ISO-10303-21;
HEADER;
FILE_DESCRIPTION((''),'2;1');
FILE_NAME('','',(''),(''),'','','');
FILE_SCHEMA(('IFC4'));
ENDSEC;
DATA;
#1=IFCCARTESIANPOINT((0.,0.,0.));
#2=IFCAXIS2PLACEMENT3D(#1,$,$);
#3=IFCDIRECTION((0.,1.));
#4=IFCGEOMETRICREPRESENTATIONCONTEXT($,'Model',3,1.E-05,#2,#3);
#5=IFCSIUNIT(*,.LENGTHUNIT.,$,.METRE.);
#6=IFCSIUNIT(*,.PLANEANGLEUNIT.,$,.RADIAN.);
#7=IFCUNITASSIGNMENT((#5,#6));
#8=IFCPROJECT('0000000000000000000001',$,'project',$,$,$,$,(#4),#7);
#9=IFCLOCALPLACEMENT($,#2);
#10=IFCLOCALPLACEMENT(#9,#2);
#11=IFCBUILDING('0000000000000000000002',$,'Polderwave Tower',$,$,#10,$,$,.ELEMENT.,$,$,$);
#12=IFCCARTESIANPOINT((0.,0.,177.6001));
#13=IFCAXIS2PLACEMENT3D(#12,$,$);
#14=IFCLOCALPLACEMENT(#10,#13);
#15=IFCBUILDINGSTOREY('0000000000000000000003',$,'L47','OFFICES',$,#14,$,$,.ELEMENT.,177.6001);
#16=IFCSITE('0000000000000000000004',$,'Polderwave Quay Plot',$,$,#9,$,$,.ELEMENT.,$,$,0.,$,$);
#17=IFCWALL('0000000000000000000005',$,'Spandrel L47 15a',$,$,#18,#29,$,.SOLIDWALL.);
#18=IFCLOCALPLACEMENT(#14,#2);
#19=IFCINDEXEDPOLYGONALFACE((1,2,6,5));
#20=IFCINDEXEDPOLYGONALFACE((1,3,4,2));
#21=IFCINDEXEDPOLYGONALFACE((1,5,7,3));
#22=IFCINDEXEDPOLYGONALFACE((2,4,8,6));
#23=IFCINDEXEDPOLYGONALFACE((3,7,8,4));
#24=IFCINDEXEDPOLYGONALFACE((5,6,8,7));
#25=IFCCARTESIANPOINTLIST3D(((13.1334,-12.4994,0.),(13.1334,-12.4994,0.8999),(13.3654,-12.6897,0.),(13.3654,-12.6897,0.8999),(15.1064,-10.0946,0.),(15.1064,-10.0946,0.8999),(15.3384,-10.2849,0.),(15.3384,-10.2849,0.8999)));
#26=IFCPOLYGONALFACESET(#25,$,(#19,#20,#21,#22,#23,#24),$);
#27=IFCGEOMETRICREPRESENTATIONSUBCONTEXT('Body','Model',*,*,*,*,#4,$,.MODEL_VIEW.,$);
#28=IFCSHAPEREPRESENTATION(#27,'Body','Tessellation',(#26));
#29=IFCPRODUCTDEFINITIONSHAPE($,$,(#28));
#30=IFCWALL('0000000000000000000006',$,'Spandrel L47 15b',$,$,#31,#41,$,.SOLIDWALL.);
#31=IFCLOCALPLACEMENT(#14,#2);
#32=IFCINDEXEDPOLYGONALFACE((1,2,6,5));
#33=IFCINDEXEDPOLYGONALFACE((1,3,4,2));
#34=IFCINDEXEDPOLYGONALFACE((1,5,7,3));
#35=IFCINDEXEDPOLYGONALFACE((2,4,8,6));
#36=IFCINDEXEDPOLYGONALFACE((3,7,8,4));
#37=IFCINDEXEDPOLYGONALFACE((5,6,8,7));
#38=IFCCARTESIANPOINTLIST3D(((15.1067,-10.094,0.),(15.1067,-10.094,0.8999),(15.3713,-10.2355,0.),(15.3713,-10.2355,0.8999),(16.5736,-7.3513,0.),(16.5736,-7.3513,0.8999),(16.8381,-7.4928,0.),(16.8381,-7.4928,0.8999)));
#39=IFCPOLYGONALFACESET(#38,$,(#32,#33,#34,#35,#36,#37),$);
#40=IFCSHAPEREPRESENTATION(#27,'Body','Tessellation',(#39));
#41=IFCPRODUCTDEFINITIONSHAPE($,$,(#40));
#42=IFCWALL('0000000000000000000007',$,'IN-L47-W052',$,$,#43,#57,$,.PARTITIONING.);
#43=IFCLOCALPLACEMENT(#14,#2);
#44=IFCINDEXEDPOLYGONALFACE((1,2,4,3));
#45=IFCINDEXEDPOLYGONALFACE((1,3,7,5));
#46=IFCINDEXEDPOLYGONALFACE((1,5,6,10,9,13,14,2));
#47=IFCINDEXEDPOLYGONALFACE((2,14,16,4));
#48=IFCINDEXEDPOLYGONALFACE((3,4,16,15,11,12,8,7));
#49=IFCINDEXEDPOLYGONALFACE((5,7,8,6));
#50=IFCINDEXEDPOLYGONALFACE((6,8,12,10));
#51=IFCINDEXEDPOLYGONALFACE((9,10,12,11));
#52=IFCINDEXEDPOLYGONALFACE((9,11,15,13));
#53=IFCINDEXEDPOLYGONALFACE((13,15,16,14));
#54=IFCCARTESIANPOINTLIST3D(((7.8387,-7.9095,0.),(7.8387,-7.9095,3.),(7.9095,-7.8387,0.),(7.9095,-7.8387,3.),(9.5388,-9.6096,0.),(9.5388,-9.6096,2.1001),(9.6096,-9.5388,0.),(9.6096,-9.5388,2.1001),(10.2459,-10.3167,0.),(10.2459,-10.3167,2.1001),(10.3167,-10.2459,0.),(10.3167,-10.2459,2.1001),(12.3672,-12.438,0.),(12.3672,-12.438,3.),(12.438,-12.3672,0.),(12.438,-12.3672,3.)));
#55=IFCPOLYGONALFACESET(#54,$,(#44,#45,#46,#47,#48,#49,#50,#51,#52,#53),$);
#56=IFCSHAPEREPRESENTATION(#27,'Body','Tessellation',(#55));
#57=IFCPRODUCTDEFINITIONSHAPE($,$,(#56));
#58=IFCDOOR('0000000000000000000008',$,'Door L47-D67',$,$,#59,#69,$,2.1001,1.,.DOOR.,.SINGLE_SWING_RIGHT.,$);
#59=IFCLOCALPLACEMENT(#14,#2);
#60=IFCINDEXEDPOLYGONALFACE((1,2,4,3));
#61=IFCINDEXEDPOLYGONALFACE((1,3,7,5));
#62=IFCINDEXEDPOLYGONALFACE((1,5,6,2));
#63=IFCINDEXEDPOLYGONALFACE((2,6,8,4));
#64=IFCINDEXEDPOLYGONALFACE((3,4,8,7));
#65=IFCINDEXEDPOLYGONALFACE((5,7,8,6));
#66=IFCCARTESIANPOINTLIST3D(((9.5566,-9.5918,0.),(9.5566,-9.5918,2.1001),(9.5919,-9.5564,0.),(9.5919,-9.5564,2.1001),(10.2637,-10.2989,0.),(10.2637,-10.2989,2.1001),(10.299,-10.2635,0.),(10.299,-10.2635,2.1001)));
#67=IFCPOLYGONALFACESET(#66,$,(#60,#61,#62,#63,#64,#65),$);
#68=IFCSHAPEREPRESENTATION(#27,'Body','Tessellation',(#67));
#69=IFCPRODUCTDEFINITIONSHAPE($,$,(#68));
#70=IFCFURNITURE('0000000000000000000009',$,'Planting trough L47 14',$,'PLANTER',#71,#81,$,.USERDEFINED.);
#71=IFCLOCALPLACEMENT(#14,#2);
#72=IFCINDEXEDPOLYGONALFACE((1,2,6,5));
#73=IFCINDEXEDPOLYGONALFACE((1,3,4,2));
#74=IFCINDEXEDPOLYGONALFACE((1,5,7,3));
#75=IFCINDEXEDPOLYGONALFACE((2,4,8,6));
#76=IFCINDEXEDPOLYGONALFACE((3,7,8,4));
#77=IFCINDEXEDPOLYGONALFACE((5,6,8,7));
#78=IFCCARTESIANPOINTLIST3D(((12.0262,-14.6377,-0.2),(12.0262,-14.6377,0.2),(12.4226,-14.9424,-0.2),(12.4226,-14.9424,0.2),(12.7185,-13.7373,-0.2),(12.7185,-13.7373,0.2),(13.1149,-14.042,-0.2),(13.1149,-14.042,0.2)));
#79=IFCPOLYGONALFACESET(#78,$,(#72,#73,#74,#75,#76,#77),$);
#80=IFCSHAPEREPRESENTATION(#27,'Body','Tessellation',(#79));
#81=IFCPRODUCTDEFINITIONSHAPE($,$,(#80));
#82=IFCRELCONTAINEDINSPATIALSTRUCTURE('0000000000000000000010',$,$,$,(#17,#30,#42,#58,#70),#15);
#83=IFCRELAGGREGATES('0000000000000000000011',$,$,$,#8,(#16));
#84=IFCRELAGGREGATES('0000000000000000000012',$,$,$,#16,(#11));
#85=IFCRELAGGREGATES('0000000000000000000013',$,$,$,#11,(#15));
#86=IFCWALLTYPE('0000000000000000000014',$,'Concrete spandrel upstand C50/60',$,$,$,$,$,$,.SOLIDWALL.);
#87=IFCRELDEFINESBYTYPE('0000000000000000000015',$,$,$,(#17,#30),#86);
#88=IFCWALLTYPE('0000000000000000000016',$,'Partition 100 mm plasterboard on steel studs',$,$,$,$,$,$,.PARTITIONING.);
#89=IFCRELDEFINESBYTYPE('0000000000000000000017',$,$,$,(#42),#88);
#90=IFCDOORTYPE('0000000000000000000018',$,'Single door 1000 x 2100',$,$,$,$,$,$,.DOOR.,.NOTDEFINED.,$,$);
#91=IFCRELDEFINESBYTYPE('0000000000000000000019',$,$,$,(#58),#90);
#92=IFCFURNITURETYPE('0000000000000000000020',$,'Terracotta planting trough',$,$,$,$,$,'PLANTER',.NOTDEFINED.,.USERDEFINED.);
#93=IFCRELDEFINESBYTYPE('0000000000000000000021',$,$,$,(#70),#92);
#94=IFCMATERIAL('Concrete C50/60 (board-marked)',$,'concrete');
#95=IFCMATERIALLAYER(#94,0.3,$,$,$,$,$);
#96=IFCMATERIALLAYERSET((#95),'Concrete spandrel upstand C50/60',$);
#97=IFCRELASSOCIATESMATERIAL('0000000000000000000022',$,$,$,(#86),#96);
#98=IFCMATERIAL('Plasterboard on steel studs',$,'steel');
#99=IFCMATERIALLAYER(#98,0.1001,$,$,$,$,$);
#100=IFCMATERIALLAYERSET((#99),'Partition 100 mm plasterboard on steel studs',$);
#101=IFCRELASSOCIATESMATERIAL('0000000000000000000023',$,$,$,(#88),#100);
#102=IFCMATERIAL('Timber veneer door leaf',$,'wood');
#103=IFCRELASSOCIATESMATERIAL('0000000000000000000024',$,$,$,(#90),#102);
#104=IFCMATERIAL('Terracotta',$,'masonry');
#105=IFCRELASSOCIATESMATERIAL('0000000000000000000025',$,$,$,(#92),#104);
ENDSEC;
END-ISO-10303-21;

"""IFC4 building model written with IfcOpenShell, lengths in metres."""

from ifc_helpers import new_model, si_unit, direction, frame, frame_2d, origin, origin_2d, place, context, subcontext, project, spatial, rectangle, extrude, material, layer, layer_set, type_object, element, fill, save


model = new_model("IFC4")

# Units and contexts
model_context = context("Model", 3, precision=1e-05, world=origin(), true_north=direction((0.0, 1.0)))
body_context = subcontext(model_context, "Body", "Model", "MODEL_VIEW")
ifc_project = project(units=[si_unit("LENGTHUNIT", "METRE"), si_unit("PLANEANGLEUNIT", "RADIAN")], contexts=[model_context])

# Site, building, storey
site_placement = place(None, origin())
site = spatial("IfcSite", under=ifc_project, at=site_placement, Name="Polderwave Quay Plot", CompositionType="ELEMENT", RefElevation=0.0)
building_placement = place(site_placement, origin())
building = spatial("IfcBuilding", under=site, at=building_placement, Name="Polderwave Tower", CompositionType="ELEMENT")
storey_placement = place(building_placement, frame((0.0, 0.0, 177.6001)))
storey = spatial("IfcBuildingStorey", under=building, at=storey_placement, Name="L47", Description="OFFICES", CompositionType="ELEMENT", Elevation=177.6001)

# Walls
ifc_material_1 = material(Name="Concrete C50/60 (board-marked)", Category="concrete")
ifc_layer_1 = layer(ifc_material_1, 0.3)
ifc_layer_set_1 = layer_set([ifc_layer_1], Name="Concrete spandrel upstand C50/60")
wall_type_1 = type_object("IfcWallType", Name="Concrete spandrel upstand C50/60", PredefinedType="SOLIDWALL", material=ifc_layer_set_1)
for number, where, z_axis, x_axis, name in (
    (1, (13.2495, -12.5945, 0.0), (0.0, 0.0, 1.0), (0.634267, 0.773114, 0.0), "Spandrel L47 15a"),
):
    element("IfcWall", number, at=place(storey_placement, frame(where, z_axis=z_axis, x_axis=x_axis)), inside=storey, type_object=wall_type_1, Name=name, PredefinedType="SOLIDWALL", context=body_context, shape_type="SweptSolid", body=[
        extrude(rectangle(XDim=3.1106, YDim=0.3, at=frame_2d((1.5552, 0.0))), origin(), (0.0, 0.0, 1.0), 0.8999),
    ])
wall_1_placement = place(storey_placement, frame((15.239, -10.1648, 0.0), z_axis=(0.0, 0.0, 1.0), x_axis=(0.471598, 0.881813, 0.0)))
element("IfcWall", 2, at=wall_1_placement, inside=storey, type_object=wall_type_1, Name="Spandrel L47 15b", PredefinedType="SOLIDWALL", context=body_context, shape_type="SweptSolid", body=[
    extrude(rectangle(XDim=3.1104, YDim=0.3, at=frame_2d((1.5552, 0.0))), origin(), (0.0, 0.0, 1.0), 0.8999),
])

# Wall, opening, door
ifc_material_2 = material(Name="Plasterboard on steel studs", Category="steel")
ifc_layer_2 = layer(ifc_material_2, 0.1001)
ifc_layer_set_2 = layer_set([ifc_layer_2], Name="Partition 100 mm plasterboard on steel studs")
wall_type_2 = type_object("IfcWallType", Name="Partition 100 mm plasterboard on steel studs", PredefinedType="PARTITIONING", material=ifc_layer_set_2)
wall_2_placement = place(storey_placement, frame((12.4026, -12.4026, 0.0), z_axis=(0.0, 0.0, 1.0), x_axis=(-0.707107, 0.707107, 0.0)))
wall_2 = element("IfcWall", 3, at=wall_2_placement, inside=storey, type_object=wall_type_2, Name="IN-L47-W052", PredefinedType="PARTITIONING", context=body_context, shape_type="SweptSolid", body=[
    extrude(rectangle(XDim=6.4043, YDim=0.1001, at=frame_2d((3.2021, 0.0))), origin(), (0.0, 0.0, 1.0), 3.0),
])
opening_placement = place(wall_2_placement, frame((3.0, 0.0, 0.0)))
opening = element("IfcOpeningElement", 4, at=opening_placement, cuts=wall_2, PredefinedType="OPENING", context=body_context, shape_type="SweptSolid", body=[
    extrude(rectangle(XDim=1.0, YDim=2.1001, at=frame_2d((0.5, 1.05))), frame((0.0, 0.0601, 0.0), z_axis=(0.0, -1.0, 0.0), x_axis=(1.0, 0.0, 0.0)), (0.0, 0.0, 1.0), 0.1201),
])
ifc_material_3 = material(Name="Timber veneer door leaf", Category="wood")
door_type = type_object("IfcDoorType", Name="Single door 1000 x 2100", OperationType="NOTDEFINED", PredefinedType="DOOR", material=ifc_material_3)
door_placement = place(opening_placement, origin())
door = element("IfcDoor", 5, at=door_placement, inside=storey, type_object=door_type, Name="Door L47-D67", OperationType="SINGLE_SWING_RIGHT", OverallHeight=2.1001, OverallWidth=1.0, PredefinedType="DOOR", context=body_context, shape_type="SweptSolid", body=[
    extrude(rectangle(XDim=1.0, YDim=2.1001, at=frame_2d((0.5, 1.05))), frame((0.0, 0.0249, 0.0), z_axis=(0.0, -1.0, 0.0), x_axis=(1.0, 0.0, 0.0)), (0.0, 0.0, 1.0), 0.05),
])
fill(opening, door)

# Furniture
ifc_material_4 = material(Name="Terracotta", Category="masonry")
furniture_type = type_object("IfcFurnitureType", Name="Terracotta planting trough", ElementType="PLANTER", AssemblyPlace="NOTDEFINED", PredefinedType="USERDEFINED", material=ifc_material_4)
furniture_placement = place(storey_placement, frame((12.5706, -14.3398, -0.2), z_axis=(0.0, 0.0, 1.0), x_axis=(0.60952, 0.792771, 0.0)))
element("IfcFurniture", 6, at=furniture_placement, inside=storey, type_object=furniture_type, Name="Planting trough L47 14", ObjectType="PLANTER", PredefinedType="USERDEFINED", context=body_context, shape_type="SweptSolid", body=[
    extrude(rectangle(XDim=1.1357, YDim=0.5, at=origin_2d()), origin(), (0.0, 0.0, 1.0), 0.3999),
])

save(model, "model.ifc")
